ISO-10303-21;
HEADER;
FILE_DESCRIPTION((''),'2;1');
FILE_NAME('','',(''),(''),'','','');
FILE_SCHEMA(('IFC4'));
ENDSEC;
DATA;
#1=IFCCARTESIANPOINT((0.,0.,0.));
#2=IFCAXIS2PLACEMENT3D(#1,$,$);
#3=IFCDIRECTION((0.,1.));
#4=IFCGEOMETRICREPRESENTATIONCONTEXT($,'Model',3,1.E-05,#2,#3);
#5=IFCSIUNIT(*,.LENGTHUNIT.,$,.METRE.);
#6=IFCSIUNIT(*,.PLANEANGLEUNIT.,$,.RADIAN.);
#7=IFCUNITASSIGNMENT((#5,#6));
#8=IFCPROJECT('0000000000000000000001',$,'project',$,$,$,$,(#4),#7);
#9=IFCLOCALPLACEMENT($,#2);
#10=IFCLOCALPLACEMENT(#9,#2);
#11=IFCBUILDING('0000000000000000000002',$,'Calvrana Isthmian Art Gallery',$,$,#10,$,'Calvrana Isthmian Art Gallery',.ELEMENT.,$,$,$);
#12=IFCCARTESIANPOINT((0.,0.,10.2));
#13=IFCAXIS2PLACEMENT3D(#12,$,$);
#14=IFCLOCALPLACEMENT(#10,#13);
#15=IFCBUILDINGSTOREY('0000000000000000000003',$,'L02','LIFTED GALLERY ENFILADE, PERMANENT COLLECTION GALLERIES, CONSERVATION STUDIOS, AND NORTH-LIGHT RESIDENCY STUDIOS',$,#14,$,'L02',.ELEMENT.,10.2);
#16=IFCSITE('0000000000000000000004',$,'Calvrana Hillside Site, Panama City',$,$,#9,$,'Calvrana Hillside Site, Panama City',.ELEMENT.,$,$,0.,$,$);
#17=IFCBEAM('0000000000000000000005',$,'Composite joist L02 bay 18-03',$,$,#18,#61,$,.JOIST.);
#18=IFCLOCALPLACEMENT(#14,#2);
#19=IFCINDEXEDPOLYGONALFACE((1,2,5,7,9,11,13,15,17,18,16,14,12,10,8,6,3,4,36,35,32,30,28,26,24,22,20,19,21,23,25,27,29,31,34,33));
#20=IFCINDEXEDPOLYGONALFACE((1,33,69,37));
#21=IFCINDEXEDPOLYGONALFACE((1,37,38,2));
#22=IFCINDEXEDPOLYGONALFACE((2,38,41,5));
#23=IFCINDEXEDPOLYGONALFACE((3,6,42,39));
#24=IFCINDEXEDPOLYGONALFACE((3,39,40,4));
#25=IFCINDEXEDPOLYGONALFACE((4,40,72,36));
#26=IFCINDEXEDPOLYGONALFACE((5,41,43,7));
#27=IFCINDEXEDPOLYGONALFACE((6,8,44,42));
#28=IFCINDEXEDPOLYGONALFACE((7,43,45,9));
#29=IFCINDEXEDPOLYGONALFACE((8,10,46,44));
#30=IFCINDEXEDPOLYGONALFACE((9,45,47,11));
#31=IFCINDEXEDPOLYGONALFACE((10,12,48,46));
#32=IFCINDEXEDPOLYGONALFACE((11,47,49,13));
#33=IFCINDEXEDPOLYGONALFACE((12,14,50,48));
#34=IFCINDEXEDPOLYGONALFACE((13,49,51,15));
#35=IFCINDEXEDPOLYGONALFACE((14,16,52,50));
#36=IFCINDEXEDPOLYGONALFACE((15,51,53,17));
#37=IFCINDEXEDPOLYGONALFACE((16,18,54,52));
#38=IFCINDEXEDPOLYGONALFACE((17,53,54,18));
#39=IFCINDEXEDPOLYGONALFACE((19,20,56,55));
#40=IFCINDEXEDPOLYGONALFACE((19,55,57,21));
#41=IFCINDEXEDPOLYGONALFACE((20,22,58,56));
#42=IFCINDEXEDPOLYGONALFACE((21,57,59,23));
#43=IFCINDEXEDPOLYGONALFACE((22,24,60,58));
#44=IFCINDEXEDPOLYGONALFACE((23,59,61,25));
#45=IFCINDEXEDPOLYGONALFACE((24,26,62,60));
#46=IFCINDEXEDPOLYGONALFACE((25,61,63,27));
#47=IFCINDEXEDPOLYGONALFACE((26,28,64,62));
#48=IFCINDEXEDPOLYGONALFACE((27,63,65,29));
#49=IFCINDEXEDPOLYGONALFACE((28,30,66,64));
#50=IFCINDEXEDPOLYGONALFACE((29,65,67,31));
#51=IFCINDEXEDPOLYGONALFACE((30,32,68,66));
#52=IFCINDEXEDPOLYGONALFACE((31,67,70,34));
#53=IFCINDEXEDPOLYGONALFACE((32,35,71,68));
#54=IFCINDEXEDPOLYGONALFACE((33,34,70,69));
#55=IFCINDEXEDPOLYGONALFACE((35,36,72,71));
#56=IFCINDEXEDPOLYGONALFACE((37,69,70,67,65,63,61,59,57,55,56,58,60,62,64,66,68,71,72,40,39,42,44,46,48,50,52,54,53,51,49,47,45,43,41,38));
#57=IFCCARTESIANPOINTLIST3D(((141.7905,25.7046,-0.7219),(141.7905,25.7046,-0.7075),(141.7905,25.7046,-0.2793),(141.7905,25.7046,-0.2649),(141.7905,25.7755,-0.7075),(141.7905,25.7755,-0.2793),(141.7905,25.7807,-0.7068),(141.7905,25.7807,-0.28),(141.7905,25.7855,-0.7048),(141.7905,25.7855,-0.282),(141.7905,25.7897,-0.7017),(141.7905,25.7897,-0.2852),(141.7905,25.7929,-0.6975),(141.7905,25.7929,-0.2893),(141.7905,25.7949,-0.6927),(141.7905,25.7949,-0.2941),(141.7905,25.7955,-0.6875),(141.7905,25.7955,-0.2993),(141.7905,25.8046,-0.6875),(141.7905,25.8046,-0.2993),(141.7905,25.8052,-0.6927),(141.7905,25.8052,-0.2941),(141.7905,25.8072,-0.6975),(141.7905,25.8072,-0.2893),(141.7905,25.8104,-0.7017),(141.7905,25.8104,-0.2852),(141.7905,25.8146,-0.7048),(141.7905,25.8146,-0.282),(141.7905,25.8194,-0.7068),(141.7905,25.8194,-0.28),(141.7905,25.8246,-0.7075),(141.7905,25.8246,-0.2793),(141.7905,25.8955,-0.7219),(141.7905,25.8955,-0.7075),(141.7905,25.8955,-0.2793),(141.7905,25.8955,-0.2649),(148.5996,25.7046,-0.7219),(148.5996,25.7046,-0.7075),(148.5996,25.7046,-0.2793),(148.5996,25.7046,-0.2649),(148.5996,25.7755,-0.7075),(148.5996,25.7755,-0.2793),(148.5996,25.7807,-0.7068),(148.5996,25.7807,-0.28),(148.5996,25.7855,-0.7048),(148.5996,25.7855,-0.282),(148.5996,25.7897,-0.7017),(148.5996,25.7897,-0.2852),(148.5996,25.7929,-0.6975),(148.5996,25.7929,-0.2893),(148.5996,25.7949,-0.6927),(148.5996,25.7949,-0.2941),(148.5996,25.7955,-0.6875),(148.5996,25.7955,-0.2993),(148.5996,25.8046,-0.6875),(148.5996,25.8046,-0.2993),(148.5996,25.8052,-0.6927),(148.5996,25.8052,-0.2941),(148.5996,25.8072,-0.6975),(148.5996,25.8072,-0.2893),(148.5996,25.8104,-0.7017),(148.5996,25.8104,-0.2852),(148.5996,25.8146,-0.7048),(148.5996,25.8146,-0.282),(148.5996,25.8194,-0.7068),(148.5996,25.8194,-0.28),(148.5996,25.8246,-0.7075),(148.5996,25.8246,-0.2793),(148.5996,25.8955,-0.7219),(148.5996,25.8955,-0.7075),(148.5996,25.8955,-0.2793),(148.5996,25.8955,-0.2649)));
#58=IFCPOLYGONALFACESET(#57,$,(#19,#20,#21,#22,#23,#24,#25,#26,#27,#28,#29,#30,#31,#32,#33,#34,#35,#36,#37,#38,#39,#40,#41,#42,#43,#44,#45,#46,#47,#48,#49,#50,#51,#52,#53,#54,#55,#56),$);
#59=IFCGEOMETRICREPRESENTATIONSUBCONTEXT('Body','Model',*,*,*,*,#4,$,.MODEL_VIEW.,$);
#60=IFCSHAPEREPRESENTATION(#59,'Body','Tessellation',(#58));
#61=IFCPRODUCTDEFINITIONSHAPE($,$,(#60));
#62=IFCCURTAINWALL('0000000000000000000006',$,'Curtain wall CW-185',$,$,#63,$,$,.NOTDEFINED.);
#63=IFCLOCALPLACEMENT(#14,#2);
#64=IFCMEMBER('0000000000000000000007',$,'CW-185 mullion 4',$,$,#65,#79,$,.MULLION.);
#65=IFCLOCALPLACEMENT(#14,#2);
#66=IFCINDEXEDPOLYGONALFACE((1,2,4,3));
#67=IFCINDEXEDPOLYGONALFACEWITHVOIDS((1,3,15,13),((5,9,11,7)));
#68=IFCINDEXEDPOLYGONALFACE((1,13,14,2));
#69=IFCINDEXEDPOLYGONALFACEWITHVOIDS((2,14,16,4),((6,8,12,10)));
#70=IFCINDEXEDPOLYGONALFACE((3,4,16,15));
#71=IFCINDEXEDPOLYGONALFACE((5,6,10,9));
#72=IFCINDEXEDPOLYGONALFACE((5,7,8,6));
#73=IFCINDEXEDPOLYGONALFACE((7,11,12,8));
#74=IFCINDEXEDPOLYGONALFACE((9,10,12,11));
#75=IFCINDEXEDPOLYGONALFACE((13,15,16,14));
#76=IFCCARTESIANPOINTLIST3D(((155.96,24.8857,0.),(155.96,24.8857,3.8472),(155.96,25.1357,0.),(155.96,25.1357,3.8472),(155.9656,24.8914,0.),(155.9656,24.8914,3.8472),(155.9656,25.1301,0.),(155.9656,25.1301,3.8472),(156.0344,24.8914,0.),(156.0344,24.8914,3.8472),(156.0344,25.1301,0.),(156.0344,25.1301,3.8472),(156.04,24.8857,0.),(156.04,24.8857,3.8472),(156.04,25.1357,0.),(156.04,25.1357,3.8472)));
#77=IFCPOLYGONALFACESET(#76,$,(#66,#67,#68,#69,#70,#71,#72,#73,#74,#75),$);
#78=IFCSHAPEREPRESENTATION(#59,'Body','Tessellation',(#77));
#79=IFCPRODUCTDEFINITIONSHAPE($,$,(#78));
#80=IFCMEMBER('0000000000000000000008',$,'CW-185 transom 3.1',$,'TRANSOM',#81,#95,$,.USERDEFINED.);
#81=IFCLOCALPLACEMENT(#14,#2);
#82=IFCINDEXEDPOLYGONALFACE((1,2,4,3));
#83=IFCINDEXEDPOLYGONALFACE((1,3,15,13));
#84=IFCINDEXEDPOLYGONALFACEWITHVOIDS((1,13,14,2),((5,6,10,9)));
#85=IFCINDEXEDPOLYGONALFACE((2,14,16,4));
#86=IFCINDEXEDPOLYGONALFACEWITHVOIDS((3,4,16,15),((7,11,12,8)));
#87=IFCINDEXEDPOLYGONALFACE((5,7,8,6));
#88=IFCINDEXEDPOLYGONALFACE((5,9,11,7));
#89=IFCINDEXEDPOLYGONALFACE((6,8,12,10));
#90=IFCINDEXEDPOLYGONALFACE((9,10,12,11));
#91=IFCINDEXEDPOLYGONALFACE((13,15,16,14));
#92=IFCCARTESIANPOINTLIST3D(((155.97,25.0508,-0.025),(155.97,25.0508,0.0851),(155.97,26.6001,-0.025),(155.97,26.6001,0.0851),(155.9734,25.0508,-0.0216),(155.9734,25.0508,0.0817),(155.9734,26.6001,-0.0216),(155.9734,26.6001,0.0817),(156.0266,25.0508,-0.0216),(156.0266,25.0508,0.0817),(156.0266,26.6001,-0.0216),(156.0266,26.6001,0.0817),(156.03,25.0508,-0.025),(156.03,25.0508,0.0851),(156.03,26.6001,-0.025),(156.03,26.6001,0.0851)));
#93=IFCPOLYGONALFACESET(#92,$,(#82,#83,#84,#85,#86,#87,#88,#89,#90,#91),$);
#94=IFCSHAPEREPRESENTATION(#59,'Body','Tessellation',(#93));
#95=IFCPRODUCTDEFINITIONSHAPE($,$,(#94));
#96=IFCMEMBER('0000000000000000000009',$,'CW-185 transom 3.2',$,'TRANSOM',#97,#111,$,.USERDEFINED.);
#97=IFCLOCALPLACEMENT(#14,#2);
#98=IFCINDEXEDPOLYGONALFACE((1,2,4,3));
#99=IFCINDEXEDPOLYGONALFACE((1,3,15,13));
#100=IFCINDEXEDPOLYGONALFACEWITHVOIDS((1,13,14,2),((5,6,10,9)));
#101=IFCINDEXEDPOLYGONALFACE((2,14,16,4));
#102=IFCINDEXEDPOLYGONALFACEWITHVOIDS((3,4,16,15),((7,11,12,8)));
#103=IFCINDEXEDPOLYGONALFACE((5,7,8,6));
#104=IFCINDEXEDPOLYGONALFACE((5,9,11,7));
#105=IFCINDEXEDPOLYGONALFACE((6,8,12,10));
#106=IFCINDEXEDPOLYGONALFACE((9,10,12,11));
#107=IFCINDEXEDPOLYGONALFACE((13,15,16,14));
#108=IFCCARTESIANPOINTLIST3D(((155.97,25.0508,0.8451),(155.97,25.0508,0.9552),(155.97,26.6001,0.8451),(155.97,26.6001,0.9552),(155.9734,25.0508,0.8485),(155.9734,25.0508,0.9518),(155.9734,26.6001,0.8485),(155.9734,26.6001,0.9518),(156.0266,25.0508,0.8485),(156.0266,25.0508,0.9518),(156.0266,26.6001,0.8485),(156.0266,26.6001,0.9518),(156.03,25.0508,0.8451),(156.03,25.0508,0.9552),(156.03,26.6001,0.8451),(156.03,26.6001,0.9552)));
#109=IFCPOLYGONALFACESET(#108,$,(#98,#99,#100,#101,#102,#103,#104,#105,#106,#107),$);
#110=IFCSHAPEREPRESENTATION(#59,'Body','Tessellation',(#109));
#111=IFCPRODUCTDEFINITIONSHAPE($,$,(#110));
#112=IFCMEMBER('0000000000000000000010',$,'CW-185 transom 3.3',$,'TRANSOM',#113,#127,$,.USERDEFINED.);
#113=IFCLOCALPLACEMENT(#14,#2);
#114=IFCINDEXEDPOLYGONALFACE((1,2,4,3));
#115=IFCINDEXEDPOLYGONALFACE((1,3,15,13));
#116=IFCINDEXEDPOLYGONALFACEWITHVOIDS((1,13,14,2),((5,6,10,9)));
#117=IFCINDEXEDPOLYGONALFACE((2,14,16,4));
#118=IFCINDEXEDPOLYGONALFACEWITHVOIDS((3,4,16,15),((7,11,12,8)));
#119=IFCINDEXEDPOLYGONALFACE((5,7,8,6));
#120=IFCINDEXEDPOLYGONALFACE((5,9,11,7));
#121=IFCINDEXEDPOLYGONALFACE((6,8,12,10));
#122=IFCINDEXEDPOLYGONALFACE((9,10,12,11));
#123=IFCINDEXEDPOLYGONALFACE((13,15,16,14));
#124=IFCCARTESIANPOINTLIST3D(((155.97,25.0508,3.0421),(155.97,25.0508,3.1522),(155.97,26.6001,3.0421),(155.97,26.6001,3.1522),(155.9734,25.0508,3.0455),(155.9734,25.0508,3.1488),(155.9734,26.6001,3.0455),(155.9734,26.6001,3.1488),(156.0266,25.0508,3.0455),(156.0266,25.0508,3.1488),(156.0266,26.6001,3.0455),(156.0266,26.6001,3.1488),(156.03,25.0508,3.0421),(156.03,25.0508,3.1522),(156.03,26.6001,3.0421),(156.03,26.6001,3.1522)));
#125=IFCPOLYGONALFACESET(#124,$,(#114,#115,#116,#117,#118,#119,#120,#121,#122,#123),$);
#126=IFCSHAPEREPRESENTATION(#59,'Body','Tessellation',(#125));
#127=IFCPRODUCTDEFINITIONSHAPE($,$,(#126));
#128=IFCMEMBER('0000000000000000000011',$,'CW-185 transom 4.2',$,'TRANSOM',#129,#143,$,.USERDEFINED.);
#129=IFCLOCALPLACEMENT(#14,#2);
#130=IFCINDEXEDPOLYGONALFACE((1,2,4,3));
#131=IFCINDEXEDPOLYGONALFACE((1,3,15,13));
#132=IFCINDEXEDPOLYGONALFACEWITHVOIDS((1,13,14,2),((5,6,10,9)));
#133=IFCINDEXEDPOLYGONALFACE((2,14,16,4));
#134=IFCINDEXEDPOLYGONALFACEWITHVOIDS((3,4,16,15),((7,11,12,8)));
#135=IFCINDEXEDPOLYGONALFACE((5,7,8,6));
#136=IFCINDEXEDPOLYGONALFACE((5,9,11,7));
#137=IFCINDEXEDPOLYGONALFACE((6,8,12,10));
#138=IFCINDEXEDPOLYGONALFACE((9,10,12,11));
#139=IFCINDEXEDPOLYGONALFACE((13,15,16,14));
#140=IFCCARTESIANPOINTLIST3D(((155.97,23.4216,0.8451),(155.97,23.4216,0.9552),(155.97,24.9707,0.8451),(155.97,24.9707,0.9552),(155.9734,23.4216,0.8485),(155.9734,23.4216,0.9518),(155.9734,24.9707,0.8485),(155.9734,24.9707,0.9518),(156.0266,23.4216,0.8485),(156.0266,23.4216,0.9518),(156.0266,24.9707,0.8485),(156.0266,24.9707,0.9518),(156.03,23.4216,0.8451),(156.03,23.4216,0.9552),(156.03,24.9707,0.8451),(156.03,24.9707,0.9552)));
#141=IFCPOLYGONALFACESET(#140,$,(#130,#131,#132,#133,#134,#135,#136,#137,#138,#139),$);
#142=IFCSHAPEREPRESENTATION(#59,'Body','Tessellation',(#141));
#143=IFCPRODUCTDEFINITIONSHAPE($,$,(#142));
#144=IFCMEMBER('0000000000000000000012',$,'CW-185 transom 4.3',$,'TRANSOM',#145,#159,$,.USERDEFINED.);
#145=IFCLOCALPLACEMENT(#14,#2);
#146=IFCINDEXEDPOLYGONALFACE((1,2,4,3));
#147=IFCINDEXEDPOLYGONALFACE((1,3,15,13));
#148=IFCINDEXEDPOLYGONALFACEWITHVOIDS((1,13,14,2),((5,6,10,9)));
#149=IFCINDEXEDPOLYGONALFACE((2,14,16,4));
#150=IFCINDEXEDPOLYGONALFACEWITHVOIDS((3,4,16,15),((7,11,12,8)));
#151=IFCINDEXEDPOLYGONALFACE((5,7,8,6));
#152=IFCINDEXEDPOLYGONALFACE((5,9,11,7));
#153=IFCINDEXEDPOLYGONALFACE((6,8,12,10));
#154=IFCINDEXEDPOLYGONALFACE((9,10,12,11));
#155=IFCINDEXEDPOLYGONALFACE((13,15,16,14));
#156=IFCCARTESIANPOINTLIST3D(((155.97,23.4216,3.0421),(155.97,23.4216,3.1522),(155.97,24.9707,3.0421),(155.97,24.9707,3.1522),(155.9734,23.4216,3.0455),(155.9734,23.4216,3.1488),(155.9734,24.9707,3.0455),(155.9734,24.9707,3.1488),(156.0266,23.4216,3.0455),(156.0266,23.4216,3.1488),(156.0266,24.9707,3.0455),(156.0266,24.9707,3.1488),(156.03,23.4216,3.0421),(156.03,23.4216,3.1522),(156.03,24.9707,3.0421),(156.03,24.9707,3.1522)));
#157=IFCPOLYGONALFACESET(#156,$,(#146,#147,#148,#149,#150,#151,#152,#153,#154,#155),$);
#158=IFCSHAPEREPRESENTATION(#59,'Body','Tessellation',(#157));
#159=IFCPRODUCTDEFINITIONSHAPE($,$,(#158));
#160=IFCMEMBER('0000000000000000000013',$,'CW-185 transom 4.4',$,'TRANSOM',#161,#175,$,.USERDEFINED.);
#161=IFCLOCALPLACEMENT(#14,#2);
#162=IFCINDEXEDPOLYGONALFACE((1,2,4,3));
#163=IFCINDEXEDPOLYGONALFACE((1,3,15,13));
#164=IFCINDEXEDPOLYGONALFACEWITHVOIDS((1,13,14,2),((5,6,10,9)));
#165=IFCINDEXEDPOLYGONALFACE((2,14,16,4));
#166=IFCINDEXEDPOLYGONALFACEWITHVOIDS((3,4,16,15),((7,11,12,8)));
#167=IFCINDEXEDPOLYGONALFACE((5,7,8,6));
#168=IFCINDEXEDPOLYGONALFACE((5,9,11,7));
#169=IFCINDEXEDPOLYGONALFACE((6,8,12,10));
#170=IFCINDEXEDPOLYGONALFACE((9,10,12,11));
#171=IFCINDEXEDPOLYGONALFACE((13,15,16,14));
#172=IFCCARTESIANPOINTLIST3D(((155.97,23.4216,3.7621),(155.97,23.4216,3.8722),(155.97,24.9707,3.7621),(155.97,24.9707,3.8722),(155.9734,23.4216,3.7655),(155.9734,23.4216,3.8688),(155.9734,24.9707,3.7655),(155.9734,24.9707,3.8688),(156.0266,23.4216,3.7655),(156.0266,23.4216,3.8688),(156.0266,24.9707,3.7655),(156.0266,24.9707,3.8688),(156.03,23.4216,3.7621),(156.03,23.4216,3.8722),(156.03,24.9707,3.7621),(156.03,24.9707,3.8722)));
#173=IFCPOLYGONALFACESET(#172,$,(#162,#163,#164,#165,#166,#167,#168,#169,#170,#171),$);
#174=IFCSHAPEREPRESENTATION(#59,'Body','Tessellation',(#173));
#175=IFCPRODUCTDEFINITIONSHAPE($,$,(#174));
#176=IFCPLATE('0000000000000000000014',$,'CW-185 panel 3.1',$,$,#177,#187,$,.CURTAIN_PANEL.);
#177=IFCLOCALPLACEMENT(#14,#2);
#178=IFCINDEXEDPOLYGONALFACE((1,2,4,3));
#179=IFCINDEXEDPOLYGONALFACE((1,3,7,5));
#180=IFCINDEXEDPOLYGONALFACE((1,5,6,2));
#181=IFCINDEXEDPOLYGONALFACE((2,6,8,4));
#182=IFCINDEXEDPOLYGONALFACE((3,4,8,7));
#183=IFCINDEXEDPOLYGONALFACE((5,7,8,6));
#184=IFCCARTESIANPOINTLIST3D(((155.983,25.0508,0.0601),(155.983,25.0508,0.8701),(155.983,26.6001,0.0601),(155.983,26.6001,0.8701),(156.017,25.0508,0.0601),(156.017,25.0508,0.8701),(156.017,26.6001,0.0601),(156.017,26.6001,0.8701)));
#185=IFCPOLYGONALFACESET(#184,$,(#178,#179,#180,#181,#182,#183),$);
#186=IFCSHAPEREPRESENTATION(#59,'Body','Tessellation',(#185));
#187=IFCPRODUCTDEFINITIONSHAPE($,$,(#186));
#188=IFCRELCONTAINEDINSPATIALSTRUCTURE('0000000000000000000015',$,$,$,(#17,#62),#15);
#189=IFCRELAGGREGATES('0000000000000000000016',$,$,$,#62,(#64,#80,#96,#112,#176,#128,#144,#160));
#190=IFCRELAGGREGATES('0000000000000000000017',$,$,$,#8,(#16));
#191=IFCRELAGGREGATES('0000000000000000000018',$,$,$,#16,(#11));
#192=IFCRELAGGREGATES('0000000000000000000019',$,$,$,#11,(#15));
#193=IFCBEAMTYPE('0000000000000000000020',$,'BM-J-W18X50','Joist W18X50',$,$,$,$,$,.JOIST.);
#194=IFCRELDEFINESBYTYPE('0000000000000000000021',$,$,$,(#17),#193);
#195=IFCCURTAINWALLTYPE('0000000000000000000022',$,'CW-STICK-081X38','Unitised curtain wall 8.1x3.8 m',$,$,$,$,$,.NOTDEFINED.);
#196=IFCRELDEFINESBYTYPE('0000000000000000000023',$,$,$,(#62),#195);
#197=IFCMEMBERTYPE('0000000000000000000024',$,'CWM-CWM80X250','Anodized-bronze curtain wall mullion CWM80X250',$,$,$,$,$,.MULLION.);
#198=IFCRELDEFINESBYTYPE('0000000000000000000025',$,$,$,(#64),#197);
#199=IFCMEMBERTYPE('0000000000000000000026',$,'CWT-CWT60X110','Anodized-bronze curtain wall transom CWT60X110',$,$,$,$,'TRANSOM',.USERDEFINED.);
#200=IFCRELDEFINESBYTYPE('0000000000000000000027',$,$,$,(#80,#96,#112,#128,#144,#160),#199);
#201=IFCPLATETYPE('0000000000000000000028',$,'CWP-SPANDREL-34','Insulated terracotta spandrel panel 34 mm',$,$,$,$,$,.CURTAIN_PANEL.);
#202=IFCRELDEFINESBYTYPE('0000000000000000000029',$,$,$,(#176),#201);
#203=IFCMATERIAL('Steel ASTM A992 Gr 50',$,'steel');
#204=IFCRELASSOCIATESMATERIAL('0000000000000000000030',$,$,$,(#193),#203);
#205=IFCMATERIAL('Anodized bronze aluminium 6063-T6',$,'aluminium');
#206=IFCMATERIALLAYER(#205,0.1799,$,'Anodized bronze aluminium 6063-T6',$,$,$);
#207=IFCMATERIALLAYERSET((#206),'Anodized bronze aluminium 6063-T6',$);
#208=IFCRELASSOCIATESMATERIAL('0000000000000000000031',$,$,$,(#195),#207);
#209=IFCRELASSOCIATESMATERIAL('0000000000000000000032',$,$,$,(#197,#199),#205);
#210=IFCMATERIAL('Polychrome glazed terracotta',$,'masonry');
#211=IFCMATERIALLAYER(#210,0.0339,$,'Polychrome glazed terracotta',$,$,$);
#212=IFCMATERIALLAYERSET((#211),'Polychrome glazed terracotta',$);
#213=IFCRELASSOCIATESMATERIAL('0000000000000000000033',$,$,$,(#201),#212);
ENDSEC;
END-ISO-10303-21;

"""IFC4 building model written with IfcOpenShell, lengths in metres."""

from ifc_helpers import new_model, si_unit, direction, frame, origin, origin_2d, place, context, subcontext, project, spatial, rectangle, hollow_rectangle, i_section, extrude, material, layer, layer_set, material_profile, profile_set, type_object, element, aggregate, save


model = new_model("IFC4")

# Units and contexts
model_context = context("Model", 3, precision=1e-05, world=origin(), true_north=direction((0.0, 1.0)))
body_context = subcontext(model_context, "Body", "Model", "MODEL_VIEW")
ifc_project = project(units=[si_unit("LENGTHUNIT", "METRE"), si_unit("PLANEANGLEUNIT", "RADIAN")], contexts=[model_context])

# Site, building, storey
site_placement = place(None, origin())
site = spatial("IfcSite", under=ifc_project, at=site_placement, Name="Calvrana Hillside Site, Panama City", LongName="Calvrana Hillside Site, Panama City", CompositionType="ELEMENT", RefElevation=0.0)
building_placement = place(site_placement, origin())
building = spatial("IfcBuilding", under=site, at=building_placement, Name="Calvrana Isthmian Art Gallery", LongName="Calvrana Isthmian Art Gallery", CompositionType="ELEMENT")
storey_placement = place(building_placement, frame((0.0, 0.0, 10.2)))
storey = spatial("IfcBuildingStorey", under=building, at=storey_placement, Name="L02", Description="LIFTED GALLERY ENFILADE, PERMANENT COLLECTION GALLERIES, CONSERVATION STUDIOS, AND NORTH-LIGHT RESIDENCY STUDIOS", LongName="L02", CompositionType="ELEMENT", Elevation=10.2)

# Beam
ifc_material_1 = material(Name="Steel ASTM A992 Gr 50", Category="steel")
ifc_material_profile_1 = material_profile(ifc_material_1, i_section(OverallWidth=0.1909, OverallDepth=0.457, WebThickness=0.009, FlangeThickness=0.0144, FilletRadius=0.02, at=origin_2d()), Name="W18X50")
ifc_profile_set_1 = profile_set([ifc_material_profile_1], Name="Steel ASTM A992 Gr 50")
beam_type_1 = type_object("IfcBeamType", Name="BM-J-W18X50", Description="Joist W18X50", PredefinedType="JOIST", material=ifc_profile_set_1)
beam_1_placement = place(storey_placement, frame((141.7905, 25.8, -0.4934), z_axis=(1.0, 0.0, 0.0), x_axis=(0.0, 1.0, 0.0)))
element("IfcBeam", 1, at=beam_1_placement, inside=storey, type_object=beam_type_1, Name="Composite joist L02 bay 18-03", PredefinedType="JOIST", context=body_context, shape_type="SweptSolid", body=[
    extrude(i_section(OverallWidth=0.1909, OverallDepth=0.457, WebThickness=0.009, FlangeThickness=0.0144, FilletRadius=0.02, at=origin_2d()), origin(), (0.0, 0.0, 1.0), 6.8091),
])

# Curtain wall, members, plate
ifc_material_2 = material(Name="Anodized bronze aluminium 6063-T6", Category="aluminium")
ifc_layer_1 = layer(ifc_material_2, 0.1799, Name="Anodized bronze aluminium 6063-T6")
ifc_layer_set_1 = layer_set([ifc_layer_1], Name="Anodized bronze aluminium 6063-T6")
curtain_wall_type = type_object("IfcCurtainWallType", Name="CW-STICK-081X38", Description="Unitised curtain wall 8.1x3.8 m", PredefinedType="NOTDEFINED", material=ifc_layer_set_1)
curtain_wall_placement = place(storey_placement, origin())
curtain_wall = element("IfcCurtainWall", 2, at=curtain_wall_placement, inside=storey, type_object=curtain_wall_type, Name="Curtain wall CW-185", PredefinedType="NOTDEFINED")
ifc_material_profile_2 = material_profile(ifc_material_2, hollow_rectangle(XDim=0.0801, YDim=0.25, WallThickness=0.0056, at=origin_2d()), Name="CWM80X250")
ifc_profile_set_2 = profile_set([ifc_material_profile_2], Name="Anodized bronze aluminium 6063-T6")
member_type_1 = type_object("IfcMemberType", Name="CWM-CWM80X250", Description="Anodized-bronze curtain wall mullion CWM80X250", PredefinedType="MULLION", material=ifc_profile_set_2)
member_1_placement = place(storey_placement, frame((156.0, 25.0107, 0.0), z_axis=(0.0, 0.0, 1.0), x_axis=(1.0, 0.0, 0.0)))
member_1 = element("IfcMember", 3, at=member_1_placement, type_object=member_type_1, Name="CW-185 mullion 4", PredefinedType="MULLION", context=body_context, shape_type="SweptSolid", body=[
    extrude(hollow_rectangle(XDim=0.0801, YDim=0.25, WallThickness=0.0056, at=origin_2d()), origin(), (0.0, 0.0, 1.0), 3.8472),
])
ifc_material_profile_3 = material_profile(ifc_material_2, hollow_rectangle(XDim=0.0601, YDim=0.1101, WallThickness=0.0034, at=origin_2d()), Name="CWT60X110")
ifc_profile_set_3 = profile_set([ifc_material_profile_3], Name="Anodized bronze aluminium 6063-T6")
member_type_2 = type_object("IfcMemberType", Name="CWT-CWT60X110", Description="Anodized-bronze curtain wall transom CWT60X110", ElementType="TRANSOM", PredefinedType="USERDEFINED", material=ifc_profile_set_3)
member_2_placement = place(storey_placement, frame((156.0, 26.6001, 0.03), z_axis=(0.0, -1.0, 0.0), x_axis=(1.0, 0.0, 0.0)))
member_2 = element("IfcMember", 4, at=member_2_placement, type_object=member_type_2, Name="CW-185 transom 3.1", ObjectType="TRANSOM", PredefinedType="USERDEFINED", context=body_context, shape_type="SweptSolid", body=[
    extrude(hollow_rectangle(XDim=0.0601, YDim=0.1101, WallThickness=0.0034, at=origin_2d()), origin(), (0.0, 0.0, 1.0), 1.5493),
])
member_3_placement = place(storey_placement, frame((156.0, 26.6001, 0.9001), z_axis=(0.0, -1.0, 0.0), x_axis=(1.0, 0.0, 0.0)))
member_3 = element("IfcMember", 5, at=member_3_placement, type_object=member_type_2, Name="CW-185 transom 3.2", ObjectType="TRANSOM", PredefinedType="USERDEFINED", context=body_context, shape_type="SweptSolid", body=[
    extrude(hollow_rectangle(XDim=0.0601, YDim=0.1101, WallThickness=0.0034, at=origin_2d()), origin(), (0.0, 0.0, 1.0), 1.5493),
])
member_4_placement = place(storey_placement, frame((156.0, 26.6001, 3.0972), z_axis=(0.0, -1.0, 0.0), x_axis=(1.0, 0.0, 0.0)))
member_4 = element("IfcMember", 6, at=member_4_placement, type_object=member_type_2, Name="CW-185 transom 3.3", ObjectType="TRANSOM", PredefinedType="USERDEFINED", context=body_context, shape_type="SweptSolid", body=[
    extrude(hollow_rectangle(XDim=0.0601, YDim=0.1101, WallThickness=0.0034, at=origin_2d()), origin(), (0.0, 0.0, 1.0), 1.5493),
])
member_5_placement = place(storey_placement, frame((156.0, 24.9707, 0.9001), z_axis=(0.0, -1.0, 0.0), x_axis=(1.0, 0.0, 0.0)))
member_5 = element("IfcMember", 7, at=member_5_placement, type_object=member_type_2, Name="CW-185 transom 4.2", ObjectType="TRANSOM", PredefinedType="USERDEFINED", context=body_context, shape_type="SweptSolid", body=[
    extrude(hollow_rectangle(XDim=0.0601, YDim=0.1101, WallThickness=0.0034, at=origin_2d()), origin(), (0.0, 0.0, 1.0), 1.5491),
])
member_6_placement = place(storey_placement, frame((156.0, 24.9707, 3.0972), z_axis=(0.0, -1.0, 0.0), x_axis=(1.0, 0.0, 0.0)))
member_6 = element("IfcMember", 8, at=member_6_placement, type_object=member_type_2, Name="CW-185 transom 4.3", ObjectType="TRANSOM", PredefinedType="USERDEFINED", context=body_context, shape_type="SweptSolid", body=[
    extrude(hollow_rectangle(XDim=0.0601, YDim=0.1101, WallThickness=0.0034, at=origin_2d()), origin(), (0.0, 0.0, 1.0), 1.5491),
])
member_7_placement = place(storey_placement, frame((156.0, 24.9707, 3.8171), z_axis=(0.0, -1.0, 0.0), x_axis=(1.0, 0.0, 0.0)))
member_7 = element("IfcMember", 9, at=member_7_placement, type_object=member_type_2, Name="CW-185 transom 4.4", ObjectType="TRANSOM", PredefinedType="USERDEFINED", context=body_context, shape_type="SweptSolid", body=[
    extrude(hollow_rectangle(XDim=0.0601, YDim=0.1101, WallThickness=0.0034, at=origin_2d()), origin(), (0.0, 0.0, 1.0), 1.5491),
])
ifc_material_3 = material(Name="Polychrome glazed terracotta", Category="masonry")
ifc_layer_2 = layer(ifc_material_3, 0.0339, Name="Polychrome glazed terracotta")
ifc_layer_set_2 = layer_set([ifc_layer_2], Name="Polychrome glazed terracotta")
plate_type_1 = type_object("IfcPlateType", Name="CWP-SPANDREL-34", Description="Insulated terracotta spandrel panel 34 mm", PredefinedType="CURTAIN_PANEL", material=ifc_layer_set_2)
plate_1_placement = place(storey_placement, frame((156.0, 25.8254, 0.0601), z_axis=(0.0, 0.0, 1.0), x_axis=(0.0, -1.0, 0.0)))
plate_1 = element("IfcPlate", 10, at=plate_1_placement, type_object=plate_type_1, Name="CW-185 panel 3.1", PredefinedType="CURTAIN_PANEL", context=body_context, shape_type="SweptSolid", body=[
    extrude(rectangle(XDim=1.5493, YDim=0.0339, at=origin_2d()), origin(), (0.0, 0.0, 1.0), 0.8101),
])
aggregate(curtain_wall, [member_1, member_2, member_3, member_4, plate_1, member_5, member_6, member_7])

save(model, "model.ifc")
